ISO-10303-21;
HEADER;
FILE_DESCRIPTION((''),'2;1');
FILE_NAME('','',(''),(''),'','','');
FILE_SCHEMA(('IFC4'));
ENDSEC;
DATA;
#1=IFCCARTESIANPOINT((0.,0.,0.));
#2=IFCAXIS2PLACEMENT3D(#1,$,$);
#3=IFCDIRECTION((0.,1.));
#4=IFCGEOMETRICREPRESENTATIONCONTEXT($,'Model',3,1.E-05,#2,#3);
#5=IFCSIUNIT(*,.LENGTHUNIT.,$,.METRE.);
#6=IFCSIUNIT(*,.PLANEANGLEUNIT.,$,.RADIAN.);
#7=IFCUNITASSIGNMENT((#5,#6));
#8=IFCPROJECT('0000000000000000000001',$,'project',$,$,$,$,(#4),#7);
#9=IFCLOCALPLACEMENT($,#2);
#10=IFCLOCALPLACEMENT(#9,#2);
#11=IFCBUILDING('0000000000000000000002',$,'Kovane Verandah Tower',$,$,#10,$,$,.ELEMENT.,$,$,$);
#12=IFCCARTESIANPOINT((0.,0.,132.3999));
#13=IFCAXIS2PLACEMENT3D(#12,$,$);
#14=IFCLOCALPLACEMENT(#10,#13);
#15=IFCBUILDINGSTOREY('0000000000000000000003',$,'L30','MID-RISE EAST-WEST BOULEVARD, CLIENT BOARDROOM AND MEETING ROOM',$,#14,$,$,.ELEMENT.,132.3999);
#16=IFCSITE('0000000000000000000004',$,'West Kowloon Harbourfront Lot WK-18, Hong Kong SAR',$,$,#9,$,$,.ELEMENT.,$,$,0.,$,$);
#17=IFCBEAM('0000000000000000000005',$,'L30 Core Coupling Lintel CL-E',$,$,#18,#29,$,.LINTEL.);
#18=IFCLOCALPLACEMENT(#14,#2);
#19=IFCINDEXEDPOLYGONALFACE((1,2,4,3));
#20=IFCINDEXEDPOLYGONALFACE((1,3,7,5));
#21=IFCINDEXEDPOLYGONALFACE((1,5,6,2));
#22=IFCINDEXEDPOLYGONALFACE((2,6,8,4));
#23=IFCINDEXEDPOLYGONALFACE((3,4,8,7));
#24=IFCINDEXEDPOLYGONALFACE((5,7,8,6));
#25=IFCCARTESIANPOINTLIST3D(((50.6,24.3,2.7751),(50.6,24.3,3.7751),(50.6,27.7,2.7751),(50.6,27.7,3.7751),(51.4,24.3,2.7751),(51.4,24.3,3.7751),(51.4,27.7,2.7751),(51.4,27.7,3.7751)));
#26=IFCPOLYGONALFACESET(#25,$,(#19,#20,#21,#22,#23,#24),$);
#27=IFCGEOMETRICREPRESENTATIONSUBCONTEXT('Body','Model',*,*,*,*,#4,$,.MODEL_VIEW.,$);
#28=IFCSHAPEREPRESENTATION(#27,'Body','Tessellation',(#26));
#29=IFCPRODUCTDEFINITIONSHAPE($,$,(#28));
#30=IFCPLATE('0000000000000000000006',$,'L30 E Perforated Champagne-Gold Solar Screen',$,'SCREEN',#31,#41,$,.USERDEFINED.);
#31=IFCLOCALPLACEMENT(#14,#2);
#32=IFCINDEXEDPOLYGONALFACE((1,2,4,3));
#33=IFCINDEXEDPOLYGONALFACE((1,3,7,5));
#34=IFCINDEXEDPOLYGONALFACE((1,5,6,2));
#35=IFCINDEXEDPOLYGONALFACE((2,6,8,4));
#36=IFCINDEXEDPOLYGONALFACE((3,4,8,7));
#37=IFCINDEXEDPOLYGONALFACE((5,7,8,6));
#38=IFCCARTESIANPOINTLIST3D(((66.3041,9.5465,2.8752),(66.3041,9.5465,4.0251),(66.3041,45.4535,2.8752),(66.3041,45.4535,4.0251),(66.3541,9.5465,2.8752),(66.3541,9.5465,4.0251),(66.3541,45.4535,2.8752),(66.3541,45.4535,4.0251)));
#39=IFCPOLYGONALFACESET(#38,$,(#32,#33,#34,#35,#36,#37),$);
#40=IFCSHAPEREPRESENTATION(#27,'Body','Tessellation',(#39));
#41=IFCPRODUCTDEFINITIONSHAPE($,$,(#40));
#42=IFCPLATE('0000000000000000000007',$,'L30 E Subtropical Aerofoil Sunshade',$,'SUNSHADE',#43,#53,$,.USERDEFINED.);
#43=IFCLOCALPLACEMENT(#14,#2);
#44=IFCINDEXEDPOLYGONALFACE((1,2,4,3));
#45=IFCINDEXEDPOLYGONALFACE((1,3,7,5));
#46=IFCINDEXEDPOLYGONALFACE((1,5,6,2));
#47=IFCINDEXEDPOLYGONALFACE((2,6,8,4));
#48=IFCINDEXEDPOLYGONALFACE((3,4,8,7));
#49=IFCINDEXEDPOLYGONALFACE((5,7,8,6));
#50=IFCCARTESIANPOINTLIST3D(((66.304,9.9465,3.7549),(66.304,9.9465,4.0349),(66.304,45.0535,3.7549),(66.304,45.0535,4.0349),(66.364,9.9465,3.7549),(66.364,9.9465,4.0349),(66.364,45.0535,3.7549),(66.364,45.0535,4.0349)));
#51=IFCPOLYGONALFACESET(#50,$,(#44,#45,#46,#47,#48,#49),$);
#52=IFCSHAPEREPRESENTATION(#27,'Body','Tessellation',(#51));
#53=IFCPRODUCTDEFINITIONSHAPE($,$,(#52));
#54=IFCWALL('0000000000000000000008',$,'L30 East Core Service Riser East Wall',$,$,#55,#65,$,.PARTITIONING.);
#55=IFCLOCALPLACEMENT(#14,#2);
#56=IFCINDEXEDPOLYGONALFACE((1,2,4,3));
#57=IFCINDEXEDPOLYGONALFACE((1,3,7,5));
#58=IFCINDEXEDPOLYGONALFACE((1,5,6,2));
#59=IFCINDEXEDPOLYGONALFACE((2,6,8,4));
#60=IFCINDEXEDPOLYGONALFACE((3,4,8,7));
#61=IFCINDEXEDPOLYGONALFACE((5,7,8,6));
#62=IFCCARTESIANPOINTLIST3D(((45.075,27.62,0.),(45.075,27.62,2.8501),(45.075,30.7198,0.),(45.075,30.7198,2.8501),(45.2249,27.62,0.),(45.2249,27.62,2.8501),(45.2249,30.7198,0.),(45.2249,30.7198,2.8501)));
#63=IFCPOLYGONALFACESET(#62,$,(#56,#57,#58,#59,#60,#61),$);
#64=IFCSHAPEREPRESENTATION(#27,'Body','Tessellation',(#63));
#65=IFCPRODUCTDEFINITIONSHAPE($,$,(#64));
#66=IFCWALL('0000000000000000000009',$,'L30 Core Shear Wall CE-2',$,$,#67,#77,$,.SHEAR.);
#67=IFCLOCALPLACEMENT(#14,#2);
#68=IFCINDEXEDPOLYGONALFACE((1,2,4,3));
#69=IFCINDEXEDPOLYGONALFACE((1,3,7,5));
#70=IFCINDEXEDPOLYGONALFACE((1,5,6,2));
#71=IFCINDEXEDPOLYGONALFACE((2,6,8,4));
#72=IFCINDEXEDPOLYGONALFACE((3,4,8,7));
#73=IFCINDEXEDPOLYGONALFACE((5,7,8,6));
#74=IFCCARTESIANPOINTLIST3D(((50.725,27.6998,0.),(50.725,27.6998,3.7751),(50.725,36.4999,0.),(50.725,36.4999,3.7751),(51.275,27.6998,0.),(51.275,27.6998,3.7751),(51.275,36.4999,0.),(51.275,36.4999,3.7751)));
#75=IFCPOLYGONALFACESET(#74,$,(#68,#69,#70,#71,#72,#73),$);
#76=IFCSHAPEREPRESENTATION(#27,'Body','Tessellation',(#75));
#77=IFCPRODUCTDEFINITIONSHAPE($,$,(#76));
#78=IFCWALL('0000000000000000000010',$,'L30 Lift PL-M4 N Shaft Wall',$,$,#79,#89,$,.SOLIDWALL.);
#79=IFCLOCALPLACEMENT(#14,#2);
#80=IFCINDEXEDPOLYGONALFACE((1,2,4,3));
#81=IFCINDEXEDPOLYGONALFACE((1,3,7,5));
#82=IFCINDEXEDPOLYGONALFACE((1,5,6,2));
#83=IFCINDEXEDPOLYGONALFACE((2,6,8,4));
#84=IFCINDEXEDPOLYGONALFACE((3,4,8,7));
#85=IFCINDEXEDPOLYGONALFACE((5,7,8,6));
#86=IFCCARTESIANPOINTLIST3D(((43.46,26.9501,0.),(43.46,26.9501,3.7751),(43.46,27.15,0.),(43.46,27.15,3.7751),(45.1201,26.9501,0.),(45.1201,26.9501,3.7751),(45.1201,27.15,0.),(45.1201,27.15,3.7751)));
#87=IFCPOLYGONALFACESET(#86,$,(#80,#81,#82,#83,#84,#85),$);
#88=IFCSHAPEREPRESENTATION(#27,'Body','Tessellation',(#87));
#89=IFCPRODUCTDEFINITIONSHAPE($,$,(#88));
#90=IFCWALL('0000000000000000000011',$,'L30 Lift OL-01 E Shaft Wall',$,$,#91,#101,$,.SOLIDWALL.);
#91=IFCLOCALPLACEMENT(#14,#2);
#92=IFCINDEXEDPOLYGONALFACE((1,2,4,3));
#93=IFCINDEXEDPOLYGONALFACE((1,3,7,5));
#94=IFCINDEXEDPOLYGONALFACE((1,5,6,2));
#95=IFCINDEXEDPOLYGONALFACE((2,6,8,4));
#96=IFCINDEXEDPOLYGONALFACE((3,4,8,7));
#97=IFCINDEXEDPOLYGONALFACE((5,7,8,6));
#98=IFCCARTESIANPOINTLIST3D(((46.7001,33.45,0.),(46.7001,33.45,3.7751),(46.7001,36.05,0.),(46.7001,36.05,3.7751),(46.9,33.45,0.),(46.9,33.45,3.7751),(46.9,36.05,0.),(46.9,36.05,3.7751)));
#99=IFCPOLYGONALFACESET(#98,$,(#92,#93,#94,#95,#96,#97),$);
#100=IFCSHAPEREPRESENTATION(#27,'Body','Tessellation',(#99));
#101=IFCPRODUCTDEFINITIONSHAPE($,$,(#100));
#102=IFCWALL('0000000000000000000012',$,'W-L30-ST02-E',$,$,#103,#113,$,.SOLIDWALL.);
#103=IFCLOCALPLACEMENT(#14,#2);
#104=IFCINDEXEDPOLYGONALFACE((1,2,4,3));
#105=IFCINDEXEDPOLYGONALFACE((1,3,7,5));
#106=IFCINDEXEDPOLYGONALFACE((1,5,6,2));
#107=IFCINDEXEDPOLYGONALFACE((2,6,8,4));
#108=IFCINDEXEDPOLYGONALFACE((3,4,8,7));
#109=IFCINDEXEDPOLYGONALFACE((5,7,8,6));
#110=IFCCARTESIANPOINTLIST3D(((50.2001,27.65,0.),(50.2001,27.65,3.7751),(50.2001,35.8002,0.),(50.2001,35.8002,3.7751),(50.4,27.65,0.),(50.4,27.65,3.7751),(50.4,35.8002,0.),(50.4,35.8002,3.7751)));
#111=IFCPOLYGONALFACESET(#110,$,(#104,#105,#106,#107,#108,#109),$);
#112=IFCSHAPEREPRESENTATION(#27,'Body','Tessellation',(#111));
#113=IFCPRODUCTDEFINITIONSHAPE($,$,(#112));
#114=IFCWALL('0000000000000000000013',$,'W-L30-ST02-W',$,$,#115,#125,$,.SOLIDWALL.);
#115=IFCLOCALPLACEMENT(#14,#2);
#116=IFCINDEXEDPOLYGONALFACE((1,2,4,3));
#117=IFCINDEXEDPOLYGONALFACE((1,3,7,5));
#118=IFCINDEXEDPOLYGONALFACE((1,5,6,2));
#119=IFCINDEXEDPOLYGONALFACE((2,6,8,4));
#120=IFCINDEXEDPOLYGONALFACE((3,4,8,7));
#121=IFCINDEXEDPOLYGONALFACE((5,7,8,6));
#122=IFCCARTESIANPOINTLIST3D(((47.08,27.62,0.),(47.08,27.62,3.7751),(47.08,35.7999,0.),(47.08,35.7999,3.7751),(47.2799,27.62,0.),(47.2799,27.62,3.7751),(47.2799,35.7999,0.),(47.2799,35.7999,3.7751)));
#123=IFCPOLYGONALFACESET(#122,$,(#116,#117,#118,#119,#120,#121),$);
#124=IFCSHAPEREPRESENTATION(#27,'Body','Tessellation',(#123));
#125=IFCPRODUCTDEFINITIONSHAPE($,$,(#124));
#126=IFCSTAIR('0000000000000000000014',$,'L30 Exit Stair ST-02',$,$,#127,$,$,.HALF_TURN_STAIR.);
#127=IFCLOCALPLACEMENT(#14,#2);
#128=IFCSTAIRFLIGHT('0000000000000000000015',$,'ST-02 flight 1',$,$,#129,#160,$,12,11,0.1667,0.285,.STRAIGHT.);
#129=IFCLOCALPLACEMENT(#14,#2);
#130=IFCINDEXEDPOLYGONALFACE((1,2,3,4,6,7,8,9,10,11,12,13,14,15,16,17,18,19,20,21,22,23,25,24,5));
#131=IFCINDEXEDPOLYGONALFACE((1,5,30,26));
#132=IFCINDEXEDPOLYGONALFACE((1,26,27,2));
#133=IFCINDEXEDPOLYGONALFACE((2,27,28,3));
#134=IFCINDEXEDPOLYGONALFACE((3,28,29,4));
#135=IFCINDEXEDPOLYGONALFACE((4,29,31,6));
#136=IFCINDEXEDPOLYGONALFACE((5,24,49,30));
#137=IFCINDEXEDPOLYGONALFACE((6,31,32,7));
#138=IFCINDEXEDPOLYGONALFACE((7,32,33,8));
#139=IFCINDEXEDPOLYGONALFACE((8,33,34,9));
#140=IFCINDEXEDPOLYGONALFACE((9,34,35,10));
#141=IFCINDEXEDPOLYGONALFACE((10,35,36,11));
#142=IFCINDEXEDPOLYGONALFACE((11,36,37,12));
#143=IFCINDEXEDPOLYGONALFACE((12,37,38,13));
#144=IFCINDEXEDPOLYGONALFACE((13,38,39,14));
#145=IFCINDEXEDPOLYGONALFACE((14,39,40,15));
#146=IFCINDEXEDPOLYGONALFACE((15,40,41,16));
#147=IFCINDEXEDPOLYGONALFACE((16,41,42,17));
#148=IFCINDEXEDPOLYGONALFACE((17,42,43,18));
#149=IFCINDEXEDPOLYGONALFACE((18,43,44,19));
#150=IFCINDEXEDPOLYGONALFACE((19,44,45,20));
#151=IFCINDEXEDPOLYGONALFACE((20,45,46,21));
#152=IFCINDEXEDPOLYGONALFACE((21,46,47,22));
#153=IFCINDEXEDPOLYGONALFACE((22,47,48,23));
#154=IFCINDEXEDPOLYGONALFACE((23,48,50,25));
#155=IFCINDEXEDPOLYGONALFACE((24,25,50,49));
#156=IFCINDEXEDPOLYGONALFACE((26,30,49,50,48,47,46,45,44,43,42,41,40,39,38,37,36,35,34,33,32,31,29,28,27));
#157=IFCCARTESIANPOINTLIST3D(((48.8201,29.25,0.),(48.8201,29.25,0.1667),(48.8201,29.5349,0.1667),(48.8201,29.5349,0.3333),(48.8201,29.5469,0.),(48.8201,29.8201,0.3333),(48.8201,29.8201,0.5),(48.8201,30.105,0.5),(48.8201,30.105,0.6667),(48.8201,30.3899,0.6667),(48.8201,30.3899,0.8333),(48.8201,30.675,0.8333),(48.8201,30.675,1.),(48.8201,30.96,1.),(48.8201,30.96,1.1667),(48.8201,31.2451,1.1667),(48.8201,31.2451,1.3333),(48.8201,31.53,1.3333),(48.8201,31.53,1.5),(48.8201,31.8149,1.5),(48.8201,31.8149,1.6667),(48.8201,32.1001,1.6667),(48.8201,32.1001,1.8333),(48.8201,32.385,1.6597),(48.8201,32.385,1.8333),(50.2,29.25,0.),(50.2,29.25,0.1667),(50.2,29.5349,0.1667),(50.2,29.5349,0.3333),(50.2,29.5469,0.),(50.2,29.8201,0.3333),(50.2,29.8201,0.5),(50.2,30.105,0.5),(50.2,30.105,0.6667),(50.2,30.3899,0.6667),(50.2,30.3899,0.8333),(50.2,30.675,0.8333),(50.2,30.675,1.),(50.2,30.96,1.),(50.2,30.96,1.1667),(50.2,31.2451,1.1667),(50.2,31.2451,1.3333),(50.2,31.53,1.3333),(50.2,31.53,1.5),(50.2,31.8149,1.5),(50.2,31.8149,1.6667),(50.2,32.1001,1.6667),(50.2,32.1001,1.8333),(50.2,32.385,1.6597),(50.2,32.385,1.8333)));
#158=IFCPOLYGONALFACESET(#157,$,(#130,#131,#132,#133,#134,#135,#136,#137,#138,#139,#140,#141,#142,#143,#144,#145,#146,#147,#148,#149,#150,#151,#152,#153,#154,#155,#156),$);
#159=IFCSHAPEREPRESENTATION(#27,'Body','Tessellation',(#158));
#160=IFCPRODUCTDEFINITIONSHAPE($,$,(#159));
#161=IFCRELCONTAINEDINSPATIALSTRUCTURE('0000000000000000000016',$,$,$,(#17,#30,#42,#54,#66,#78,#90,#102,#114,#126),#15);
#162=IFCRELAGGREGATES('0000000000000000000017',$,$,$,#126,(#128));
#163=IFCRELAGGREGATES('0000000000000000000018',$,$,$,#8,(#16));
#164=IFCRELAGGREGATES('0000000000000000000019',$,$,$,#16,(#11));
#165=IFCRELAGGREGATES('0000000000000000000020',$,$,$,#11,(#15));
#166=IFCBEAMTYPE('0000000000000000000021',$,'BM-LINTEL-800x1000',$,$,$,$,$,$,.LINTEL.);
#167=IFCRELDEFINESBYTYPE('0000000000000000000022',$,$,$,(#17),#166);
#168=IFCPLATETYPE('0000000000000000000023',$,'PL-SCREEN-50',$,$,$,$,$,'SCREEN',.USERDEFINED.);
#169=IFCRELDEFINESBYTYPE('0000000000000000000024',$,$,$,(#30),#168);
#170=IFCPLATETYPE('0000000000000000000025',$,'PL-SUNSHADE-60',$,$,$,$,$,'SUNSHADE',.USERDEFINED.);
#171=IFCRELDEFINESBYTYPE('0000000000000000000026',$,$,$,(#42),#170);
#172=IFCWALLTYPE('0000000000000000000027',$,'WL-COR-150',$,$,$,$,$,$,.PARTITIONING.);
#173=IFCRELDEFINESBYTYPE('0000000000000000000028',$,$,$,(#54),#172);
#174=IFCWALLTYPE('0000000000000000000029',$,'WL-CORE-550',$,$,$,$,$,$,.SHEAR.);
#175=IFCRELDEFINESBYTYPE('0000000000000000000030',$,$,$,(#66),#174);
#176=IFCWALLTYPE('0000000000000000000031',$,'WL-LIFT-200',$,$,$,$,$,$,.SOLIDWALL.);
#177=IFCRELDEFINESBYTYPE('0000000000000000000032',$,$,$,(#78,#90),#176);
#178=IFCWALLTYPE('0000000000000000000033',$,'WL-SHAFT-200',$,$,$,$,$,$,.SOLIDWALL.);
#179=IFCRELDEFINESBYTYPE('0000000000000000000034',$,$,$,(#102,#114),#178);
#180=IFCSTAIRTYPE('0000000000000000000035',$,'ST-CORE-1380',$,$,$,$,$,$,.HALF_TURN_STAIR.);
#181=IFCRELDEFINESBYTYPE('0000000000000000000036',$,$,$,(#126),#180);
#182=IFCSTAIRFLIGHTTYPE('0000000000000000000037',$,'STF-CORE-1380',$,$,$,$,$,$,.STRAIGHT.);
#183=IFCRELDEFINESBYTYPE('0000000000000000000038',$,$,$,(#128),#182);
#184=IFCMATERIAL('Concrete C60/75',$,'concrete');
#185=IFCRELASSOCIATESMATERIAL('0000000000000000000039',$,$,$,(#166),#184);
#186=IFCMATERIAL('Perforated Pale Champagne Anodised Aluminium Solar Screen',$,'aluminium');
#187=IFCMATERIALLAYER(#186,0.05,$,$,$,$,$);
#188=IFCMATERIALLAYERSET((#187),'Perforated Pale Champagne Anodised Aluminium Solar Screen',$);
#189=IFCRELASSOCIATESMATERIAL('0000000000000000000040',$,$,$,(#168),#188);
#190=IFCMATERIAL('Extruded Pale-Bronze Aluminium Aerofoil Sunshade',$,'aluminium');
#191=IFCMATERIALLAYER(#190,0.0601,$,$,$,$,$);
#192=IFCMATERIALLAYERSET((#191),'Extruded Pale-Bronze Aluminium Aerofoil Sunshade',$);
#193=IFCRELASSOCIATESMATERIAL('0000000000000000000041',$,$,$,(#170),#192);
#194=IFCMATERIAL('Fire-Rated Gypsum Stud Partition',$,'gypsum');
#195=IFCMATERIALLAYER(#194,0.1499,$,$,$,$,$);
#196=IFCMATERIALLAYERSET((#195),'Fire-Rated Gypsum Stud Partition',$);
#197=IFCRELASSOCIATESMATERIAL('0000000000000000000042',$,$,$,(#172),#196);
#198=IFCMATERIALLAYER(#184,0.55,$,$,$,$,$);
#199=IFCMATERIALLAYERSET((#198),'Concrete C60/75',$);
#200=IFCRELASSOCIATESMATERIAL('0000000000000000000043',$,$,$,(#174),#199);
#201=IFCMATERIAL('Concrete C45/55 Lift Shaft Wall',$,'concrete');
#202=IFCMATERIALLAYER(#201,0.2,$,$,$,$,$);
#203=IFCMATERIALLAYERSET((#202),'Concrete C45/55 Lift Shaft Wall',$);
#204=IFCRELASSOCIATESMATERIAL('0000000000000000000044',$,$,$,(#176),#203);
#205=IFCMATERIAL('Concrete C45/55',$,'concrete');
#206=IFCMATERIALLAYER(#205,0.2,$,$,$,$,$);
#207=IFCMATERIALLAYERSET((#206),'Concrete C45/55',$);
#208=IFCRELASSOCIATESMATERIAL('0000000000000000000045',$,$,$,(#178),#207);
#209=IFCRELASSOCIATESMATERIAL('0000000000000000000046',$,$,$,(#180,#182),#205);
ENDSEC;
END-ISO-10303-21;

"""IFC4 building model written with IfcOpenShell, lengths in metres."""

from ifc_helpers import new_model, si_unit, direction, frame, frame_2d, origin, origin_2d, place, context, subcontext, project, spatial, polyline, rectangle, outline, extrude, material, layer, layer_set, material_profile, profile_set, type_object, element, aggregate, save


model = new_model("IFC4")

# Units and contexts
model_context = context("Model", 3, precision=1e-05, world=origin(), true_north=direction((0.0, 1.0)))
body_context = subcontext(model_context, "Body", "Model", "MODEL_VIEW")
ifc_project = project(units=[si_unit("LENGTHUNIT", "METRE"), si_unit("PLANEANGLEUNIT", "RADIAN")], contexts=[model_context])

# Site, building, storey
site_placement = place(None, origin())
site = spatial("IfcSite", under=ifc_project, at=site_placement, Name="West Kowloon Harbourfront Lot WK-18, Hong Kong SAR", CompositionType="ELEMENT", RefElevation=0.0)
building_placement = place(site_placement, origin())
building = spatial("IfcBuilding", under=site, at=building_placement, Name="Kovane Verandah Tower", CompositionType="ELEMENT")
storey_placement = place(building_placement, frame((0.0, 0.0, 132.3999)))
storey = spatial("IfcBuildingStorey", under=building, at=storey_placement, Name="L30", Description="MID-RISE EAST-WEST BOULEVARD, CLIENT BOARDROOM AND MEETING ROOM", CompositionType="ELEMENT", Elevation=132.3999)

# Beam
ifc_material_1 = material(Name="Concrete C60/75", Category="concrete")
ifc_material_profile = material_profile(ifc_material_1, rectangle(XDim=0.8, YDim=1.0, at=origin_2d()), Name="RCB800x1000")
ifc_profile_set = profile_set([ifc_material_profile], Name="Concrete C60/75")
beam_type = type_object("IfcBeamType", Name="BM-LINTEL-800x1000", PredefinedType="LINTEL", material=ifc_profile_set)
beam_placement = place(storey_placement, frame((51.0, 24.3, 3.2751), z_axis=(0.0, 1.0, 0.0), x_axis=(-1.0, 0.0, 0.0)))
element("IfcBeam", 1, at=beam_placement, inside=storey, type_object=beam_type, Name="L30 Core Coupling Lintel CL-E", PredefinedType="LINTEL", context=body_context, shape_type="SweptSolid", body=[
    extrude(rectangle(XDim=0.8, YDim=1.0, at=origin_2d()), origin(), (0.0, 0.0, 1.0), 3.3999),
])

# Plates
ifc_material_2 = material(Name="Perforated Pale Champagne Anodised Aluminium Solar Screen", Category="aluminium")
ifc_layer_1 = layer(ifc_material_2, 0.05)
ifc_layer_set_1 = layer_set([ifc_layer_1], Name="Perforated Pale Champagne Anodised Aluminium Solar Screen")
plate_type_1 = type_object("IfcPlateType", Name="PL-SCREEN-50", ElementType="SCREEN", PredefinedType="USERDEFINED", material=ifc_layer_set_1)
plate_1_placement = place(storey_placement, frame((66.3291, 27.5, 2.8752), z_axis=(0.0, 0.0, 1.0), x_axis=(0.0, 1.0, 0.0)))
element("IfcPlate", 2, at=plate_1_placement, inside=storey, type_object=plate_type_1, Name="L30 E Perforated Champagne-Gold Solar Screen", ObjectType="SCREEN", PredefinedType="USERDEFINED", context=body_context, shape_type="SweptSolid", body=[
    extrude(rectangle(XDim=35.907, YDim=0.05, at=origin_2d()), origin(), (0.0, 0.0, 1.0), 1.1499),
])
ifc_material_3 = material(Name="Extruded Pale-Bronze Aluminium Aerofoil Sunshade", Category="aluminium")
ifc_layer_2 = layer(ifc_material_3, 0.0601)
ifc_layer_set_2 = layer_set([ifc_layer_2], Name="Extruded Pale-Bronze Aluminium Aerofoil Sunshade")
plate_type_2 = type_object("IfcPlateType", Name="PL-SUNSHADE-60", ElementType="SUNSHADE", PredefinedType="USERDEFINED", material=ifc_layer_set_2)
plate_2_placement = place(storey_placement, frame((66.334, 27.5, 3.7549), z_axis=(0.0, 0.0, 1.0), x_axis=(0.0, 1.0, 0.0)))
element("IfcPlate", 3, at=plate_2_placement, inside=storey, type_object=plate_type_2, Name="L30 E Subtropical Aerofoil Sunshade", ObjectType="SUNSHADE", PredefinedType="USERDEFINED", context=body_context, shape_type="SweptSolid", body=[
    extrude(rectangle(XDim=35.1069, YDim=0.0601, at=origin_2d()), origin(), (0.0, 0.0, 1.0), 0.28),
])

# Walls
ifc_material_4 = material(Name="Fire-Rated Gypsum Stud Partition", Category="gypsum")
ifc_layer_3 = layer(ifc_material_4, 0.1499)
ifc_layer_set_3 = layer_set([ifc_layer_3], Name="Fire-Rated Gypsum Stud Partition")
wall_type_1 = type_object("IfcWallType", Name="WL-COR-150", PredefinedType="PARTITIONING", material=ifc_layer_set_3)
wall_1_placement = place(storey_placement, frame((45.1499, 27.6201, 0.0), z_axis=(0.0, 0.0, 1.0), x_axis=(0.0, 1.0, 0.0)))
element("IfcWall", 4, at=wall_1_placement, inside=storey, type_object=wall_type_1, Name="L30 East Core Service Riser East Wall", PredefinedType="PARTITIONING", context=body_context, shape_type="SweptSolid", body=[
    extrude(rectangle(XDim=3.0999, YDim=0.1499, at=frame_2d((1.5498, 0.0))), origin(), (0.0, 0.0, 1.0), 2.8501),
])
ifc_layer_4 = layer(ifc_material_1, 0.55)
ifc_layer_set_4 = layer_set([ifc_layer_4], Name="Concrete C60/75")
wall_type_2 = type_object("IfcWallType", Name="WL-CORE-550", PredefinedType="SHEAR", material=ifc_layer_set_4)
wall_2_placement = place(storey_placement, frame((51.0, 27.7, 0.0), z_axis=(0.0, 0.0, 1.0), x_axis=(0.0, 1.0, 0.0)))
element("IfcWall", 5, at=wall_2_placement, inside=storey, type_object=wall_type_2, Name="L30 Core Shear Wall CE-2", PredefinedType="SHEAR", context=body_context, shape_type="SweptSolid", body=[
    extrude(rectangle(XDim=8.8, YDim=0.55, at=frame_2d((4.3999, 0.0))), origin(), (0.0, 0.0, 1.0), 3.7751),
])

# Walls
ifc_material_5 = material(Name="Concrete C45/55 Lift Shaft Wall", Category="concrete")
ifc_layer_5 = layer(ifc_material_5, 0.2)
ifc_layer_set_5 = layer_set([ifc_layer_5], Name="Concrete C45/55 Lift Shaft Wall")
wall_type_3 = type_object("IfcWallType", Name="WL-LIFT-200", PredefinedType="SOLIDWALL", material=ifc_layer_set_5)
wall_3_placement = place(storey_placement, frame((45.1201, 27.05, 0.0), z_axis=(0.0, 0.0, 1.0), x_axis=(-1.0, 0.0, 0.0)))
element("IfcWall", 6, at=wall_3_placement, inside=storey, type_object=wall_type_3, Name="L30 Lift PL-M4 N Shaft Wall", PredefinedType="SOLIDWALL", context=body_context, shape_type="SweptSolid", body=[
    extrude(rectangle(XDim=1.6602, YDim=0.2, at=frame_2d((0.8301, 0.0))), origin(), (0.0, 0.0, 1.0), 3.7751),
])
wall_4_placement = place(storey_placement, frame((46.8, 33.45, 0.0), z_axis=(0.0, 0.0, 1.0), x_axis=(0.0, 1.0, 0.0)))
element("IfcWall", 7, at=wall_4_placement, inside=storey, type_object=wall_type_3, Name="L30 Lift OL-01 E Shaft Wall", PredefinedType="SOLIDWALL", context=body_context, shape_type="SweptSolid", body=[
    extrude(rectangle(XDim=2.6001, YDim=0.2, at=frame_2d((1.3, 0.0))), origin(), (0.0, 0.0, 1.0), 3.7751),
])
ifc_material_6 = material(Name="Concrete C45/55", Category="concrete")
ifc_layer_6 = layer(ifc_material_6, 0.2)
ifc_layer_set_6 = layer_set([ifc_layer_6], Name="Concrete C45/55")
wall_type_4 = type_object("IfcWallType", Name="WL-SHAFT-200", PredefinedType="SOLIDWALL", material=ifc_layer_set_6)
wall_5_placement = place(storey_placement, frame((50.3, 27.6499, 0.0), z_axis=(0.0, 0.0, 1.0), x_axis=(0.0, 1.0, 0.0)))
element("IfcWall", 8, at=wall_5_placement, inside=storey, type_object=wall_type_4, Name="W-L30-ST02-E", PredefinedType="SOLIDWALL", context=body_context, shape_type="SweptSolid", body=[
    extrude(rectangle(XDim=8.1501, YDim=0.2, at=frame_2d((4.0752, 0.0))), origin(), (0.0, 0.0, 1.0), 3.7751),
])
wall_6_placement = place(storey_placement, frame((47.1799, 27.6201, 0.0), z_axis=(0.0, 0.0, 1.0), x_axis=(0.0, 1.0, 0.0)))
element("IfcWall", 9, at=wall_6_placement, inside=storey, type_object=wall_type_4, Name="W-L30-ST02-W", PredefinedType="SOLIDWALL", context=body_context, shape_type="SweptSolid", body=[
    extrude(rectangle(XDim=8.1799, YDim=0.2, at=frame_2d((4.0898, 0.0))), origin(), (0.0, 0.0, 1.0), 3.7751),
])

# Stair, stair flight
stair_type = type_object("IfcStairType", Name="ST-CORE-1380", PredefinedType="HALF_TURN_STAIR", material=ifc_material_6)
stair_placement = place(storey_placement, origin())
stair = element("IfcStair", 10, at=stair_placement, inside=storey, type_object=stair_type, Name="L30 Exit Stair ST-02", PredefinedType="HALF_TURN_STAIR")
stair_flight_type = type_object("IfcStairFlightType", Name="STF-CORE-1380", PredefinedType="STRAIGHT", material=ifc_material_6)
stair_flight_1_placement = place(storey_placement, frame((49.51, 29.25, 0.0), z_axis=(0.0, 0.0, 1.0), x_axis=(0.0, 1.0, 0.0)))
stair_flight_1 = element("IfcStairFlight", 11, at=stair_flight_1_placement, type_object=stair_flight_type, Name="ST-02 flight 1", NumberOfRisers=12, NumberOfTreads=11, PredefinedType="STRAIGHT", RiserHeight=0.1667, TreadLength=0.285, context=body_context, shape_type="SweptSolid", body=[
    extrude(outline(polyline([(0.0, 0.0), (0.0, 0.1667), (0.2849, 0.1667), (0.2849, 0.3333), (0.5701, 0.3333), (0.5701, 0.5), (0.855, 0.5), (0.855, 0.6667), (1.1399, 0.6667), (1.1399, 0.8333), (1.425, 0.8333), (1.425, 1.0), (1.71, 1.0), (1.71, 1.1667), (1.9951, 1.1667), (1.9951, 1.3333), (2.28, 1.3333), (2.28, 1.5), (2.5649, 1.5), (2.5649, 1.6667), (2.8501, 1.6667), (2.8501, 1.8333), (3.135, 1.8333), (3.135, 2.0), (3.135, 1.6597), (0.2969, 0.0), (0.0, 0.0)])), frame((0.0, 0.6899, 0.0), z_axis=(0.0, -1.0, 0.0), x_axis=(1.0, 0.0, 0.0)), (0.0, 0.0, 1.0), 1.3799),
])
aggregate(stair, [stair_flight_1])

save(model, "model.ifc")
